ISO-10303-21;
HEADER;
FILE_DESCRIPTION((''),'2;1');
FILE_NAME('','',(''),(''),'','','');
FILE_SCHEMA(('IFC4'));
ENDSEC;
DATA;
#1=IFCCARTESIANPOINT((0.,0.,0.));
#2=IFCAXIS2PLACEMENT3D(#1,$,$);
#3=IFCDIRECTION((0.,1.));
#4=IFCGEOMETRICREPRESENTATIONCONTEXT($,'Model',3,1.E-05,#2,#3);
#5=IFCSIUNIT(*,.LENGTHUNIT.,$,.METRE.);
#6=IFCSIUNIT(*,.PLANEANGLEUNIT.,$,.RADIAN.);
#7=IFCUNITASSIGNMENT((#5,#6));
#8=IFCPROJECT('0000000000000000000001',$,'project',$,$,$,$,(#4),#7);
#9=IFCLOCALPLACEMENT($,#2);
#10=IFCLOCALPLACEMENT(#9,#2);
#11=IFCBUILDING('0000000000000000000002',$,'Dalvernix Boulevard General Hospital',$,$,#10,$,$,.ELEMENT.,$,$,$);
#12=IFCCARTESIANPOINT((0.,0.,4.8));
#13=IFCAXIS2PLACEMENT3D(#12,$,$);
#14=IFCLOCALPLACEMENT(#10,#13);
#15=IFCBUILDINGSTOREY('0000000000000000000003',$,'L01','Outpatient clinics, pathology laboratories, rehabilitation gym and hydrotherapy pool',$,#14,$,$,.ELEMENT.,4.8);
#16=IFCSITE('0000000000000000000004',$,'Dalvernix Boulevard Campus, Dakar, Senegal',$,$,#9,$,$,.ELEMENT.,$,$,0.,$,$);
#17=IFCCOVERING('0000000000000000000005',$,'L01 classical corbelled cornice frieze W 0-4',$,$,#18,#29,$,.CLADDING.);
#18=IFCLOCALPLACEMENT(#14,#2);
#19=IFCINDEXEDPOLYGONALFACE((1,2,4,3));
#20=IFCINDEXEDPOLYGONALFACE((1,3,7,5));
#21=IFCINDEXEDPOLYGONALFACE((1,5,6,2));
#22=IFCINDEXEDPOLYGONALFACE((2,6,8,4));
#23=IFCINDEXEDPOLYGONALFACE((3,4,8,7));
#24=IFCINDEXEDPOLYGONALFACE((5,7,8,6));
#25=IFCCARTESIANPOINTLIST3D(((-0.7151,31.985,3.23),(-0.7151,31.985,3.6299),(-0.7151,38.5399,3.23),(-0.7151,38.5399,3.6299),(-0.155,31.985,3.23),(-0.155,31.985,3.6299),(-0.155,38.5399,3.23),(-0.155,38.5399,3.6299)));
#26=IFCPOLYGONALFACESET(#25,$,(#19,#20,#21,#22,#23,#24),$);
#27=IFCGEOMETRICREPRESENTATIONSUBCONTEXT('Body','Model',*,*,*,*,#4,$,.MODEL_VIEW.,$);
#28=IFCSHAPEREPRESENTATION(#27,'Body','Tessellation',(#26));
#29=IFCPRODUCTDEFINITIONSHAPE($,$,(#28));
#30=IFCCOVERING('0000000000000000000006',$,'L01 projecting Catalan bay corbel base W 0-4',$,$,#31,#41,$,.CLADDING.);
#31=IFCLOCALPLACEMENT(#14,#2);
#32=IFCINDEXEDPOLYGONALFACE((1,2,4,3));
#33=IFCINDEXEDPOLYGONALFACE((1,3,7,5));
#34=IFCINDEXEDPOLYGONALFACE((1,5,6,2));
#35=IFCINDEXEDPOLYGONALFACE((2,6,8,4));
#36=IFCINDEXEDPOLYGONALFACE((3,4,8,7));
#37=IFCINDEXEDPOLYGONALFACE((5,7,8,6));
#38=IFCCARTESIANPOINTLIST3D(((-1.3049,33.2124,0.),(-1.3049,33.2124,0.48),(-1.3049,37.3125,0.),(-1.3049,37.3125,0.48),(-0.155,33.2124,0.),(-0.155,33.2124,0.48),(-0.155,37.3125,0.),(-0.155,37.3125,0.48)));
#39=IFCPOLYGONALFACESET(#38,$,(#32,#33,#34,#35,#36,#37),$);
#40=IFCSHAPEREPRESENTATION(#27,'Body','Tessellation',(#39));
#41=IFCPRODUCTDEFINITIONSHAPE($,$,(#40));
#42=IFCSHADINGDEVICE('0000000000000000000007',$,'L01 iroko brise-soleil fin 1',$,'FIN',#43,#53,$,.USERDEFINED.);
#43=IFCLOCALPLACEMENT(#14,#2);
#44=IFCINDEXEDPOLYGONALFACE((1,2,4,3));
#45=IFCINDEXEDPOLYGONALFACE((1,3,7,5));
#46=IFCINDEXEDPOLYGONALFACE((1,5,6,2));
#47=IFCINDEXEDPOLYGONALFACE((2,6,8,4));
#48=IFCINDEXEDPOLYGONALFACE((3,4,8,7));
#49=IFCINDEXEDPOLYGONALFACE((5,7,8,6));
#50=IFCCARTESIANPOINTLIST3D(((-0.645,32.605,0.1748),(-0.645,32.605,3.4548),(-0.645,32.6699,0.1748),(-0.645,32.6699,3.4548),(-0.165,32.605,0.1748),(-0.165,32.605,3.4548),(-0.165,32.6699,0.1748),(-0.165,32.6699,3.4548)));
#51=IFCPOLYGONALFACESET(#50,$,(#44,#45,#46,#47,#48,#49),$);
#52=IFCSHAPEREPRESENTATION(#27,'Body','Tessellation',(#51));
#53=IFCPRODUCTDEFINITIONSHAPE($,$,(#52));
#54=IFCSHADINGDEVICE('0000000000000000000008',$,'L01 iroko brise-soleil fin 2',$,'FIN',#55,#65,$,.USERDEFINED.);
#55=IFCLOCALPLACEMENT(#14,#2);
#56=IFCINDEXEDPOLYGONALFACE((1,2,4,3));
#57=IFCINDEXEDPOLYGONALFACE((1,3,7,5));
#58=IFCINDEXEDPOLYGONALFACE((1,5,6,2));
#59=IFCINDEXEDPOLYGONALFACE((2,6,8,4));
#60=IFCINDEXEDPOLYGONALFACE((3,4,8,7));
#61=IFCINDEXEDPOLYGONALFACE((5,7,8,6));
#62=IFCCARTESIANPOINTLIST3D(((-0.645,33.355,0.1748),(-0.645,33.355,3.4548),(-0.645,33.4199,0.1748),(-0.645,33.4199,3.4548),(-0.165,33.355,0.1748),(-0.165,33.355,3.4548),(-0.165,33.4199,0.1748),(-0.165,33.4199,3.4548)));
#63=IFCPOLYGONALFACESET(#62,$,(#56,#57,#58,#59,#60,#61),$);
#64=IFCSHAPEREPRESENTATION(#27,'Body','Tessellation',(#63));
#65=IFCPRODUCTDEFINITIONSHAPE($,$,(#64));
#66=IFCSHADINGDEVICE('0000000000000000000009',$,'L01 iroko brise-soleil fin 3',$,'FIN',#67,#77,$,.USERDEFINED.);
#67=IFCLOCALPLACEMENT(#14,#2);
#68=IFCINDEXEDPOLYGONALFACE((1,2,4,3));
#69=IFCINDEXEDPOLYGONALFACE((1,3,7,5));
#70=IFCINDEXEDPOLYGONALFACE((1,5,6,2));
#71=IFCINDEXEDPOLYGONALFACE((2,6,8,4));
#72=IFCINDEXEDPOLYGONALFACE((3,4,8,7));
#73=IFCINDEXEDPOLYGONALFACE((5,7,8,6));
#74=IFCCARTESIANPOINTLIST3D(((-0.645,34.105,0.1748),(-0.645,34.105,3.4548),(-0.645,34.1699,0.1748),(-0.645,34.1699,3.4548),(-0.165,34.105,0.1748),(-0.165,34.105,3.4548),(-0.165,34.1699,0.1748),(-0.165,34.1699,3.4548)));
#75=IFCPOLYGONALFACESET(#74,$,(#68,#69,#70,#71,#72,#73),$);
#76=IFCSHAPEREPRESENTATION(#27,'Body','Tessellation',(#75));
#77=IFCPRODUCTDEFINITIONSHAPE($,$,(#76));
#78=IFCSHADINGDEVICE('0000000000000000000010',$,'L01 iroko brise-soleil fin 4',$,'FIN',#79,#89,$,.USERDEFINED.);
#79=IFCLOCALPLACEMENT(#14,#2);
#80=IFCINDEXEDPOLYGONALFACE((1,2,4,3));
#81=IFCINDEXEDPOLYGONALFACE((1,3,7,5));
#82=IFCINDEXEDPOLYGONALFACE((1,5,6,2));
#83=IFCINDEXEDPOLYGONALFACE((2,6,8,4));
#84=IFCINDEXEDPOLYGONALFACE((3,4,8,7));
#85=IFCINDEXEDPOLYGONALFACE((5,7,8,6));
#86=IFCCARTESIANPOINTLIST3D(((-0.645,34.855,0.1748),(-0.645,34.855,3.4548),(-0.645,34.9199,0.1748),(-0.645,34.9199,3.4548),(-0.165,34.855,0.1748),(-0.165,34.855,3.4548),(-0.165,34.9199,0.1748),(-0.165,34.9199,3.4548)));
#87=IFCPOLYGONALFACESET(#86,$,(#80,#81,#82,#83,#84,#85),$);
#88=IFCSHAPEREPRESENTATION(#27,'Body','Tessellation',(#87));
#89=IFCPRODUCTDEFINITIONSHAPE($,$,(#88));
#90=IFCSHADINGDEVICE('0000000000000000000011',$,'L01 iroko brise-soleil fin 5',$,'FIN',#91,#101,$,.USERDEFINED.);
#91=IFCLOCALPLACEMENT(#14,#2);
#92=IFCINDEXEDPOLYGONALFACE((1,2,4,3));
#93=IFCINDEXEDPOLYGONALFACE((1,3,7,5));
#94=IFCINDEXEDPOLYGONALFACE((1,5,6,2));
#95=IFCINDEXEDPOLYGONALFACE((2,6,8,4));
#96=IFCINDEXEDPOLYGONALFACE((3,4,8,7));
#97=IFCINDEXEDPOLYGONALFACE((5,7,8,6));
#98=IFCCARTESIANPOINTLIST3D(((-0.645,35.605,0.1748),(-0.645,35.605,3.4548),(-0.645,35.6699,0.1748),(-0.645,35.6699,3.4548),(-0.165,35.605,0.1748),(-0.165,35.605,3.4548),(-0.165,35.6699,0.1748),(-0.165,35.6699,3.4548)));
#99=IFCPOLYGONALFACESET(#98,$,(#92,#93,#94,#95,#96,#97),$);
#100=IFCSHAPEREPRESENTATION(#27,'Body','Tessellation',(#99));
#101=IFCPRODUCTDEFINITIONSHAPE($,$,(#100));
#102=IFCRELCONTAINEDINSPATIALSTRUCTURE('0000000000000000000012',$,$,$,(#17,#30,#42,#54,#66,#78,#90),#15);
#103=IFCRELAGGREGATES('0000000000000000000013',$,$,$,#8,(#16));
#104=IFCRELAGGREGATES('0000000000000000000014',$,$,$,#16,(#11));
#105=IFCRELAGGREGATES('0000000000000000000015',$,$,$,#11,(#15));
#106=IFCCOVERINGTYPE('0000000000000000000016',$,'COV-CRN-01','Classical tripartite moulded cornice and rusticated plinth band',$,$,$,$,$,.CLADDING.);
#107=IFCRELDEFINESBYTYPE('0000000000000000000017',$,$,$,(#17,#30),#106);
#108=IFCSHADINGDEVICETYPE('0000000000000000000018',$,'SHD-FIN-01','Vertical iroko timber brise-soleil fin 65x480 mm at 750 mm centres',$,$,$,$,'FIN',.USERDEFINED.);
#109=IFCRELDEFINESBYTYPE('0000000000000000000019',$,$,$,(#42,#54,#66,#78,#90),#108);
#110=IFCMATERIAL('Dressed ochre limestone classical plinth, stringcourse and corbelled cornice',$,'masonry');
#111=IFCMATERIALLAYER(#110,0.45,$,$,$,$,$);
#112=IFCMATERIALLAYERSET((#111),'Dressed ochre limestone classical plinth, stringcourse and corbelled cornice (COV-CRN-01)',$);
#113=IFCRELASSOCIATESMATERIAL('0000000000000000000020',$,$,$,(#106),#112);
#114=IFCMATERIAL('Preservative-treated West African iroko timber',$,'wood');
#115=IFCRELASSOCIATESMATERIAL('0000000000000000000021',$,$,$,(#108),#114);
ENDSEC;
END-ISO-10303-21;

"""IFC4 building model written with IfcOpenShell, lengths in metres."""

from ifc_helpers import new_model, si_unit, direction, frame, origin, origin_2d, place, context, subcontext, project, spatial, rectangle, extrude, material, layer, layer_set, type_object, element, save


model = new_model("IFC4")

# Units and contexts
model_context = context("Model", 3, precision=1e-05, world=origin(), true_north=direction((0.0, 1.0)))
body_context = subcontext(model_context, "Body", "Model", "MODEL_VIEW")
ifc_project = project(units=[si_unit("LENGTHUNIT", "METRE"), si_unit("PLANEANGLEUNIT", "RADIAN")], contexts=[model_context])

# Site, building, storey
site_placement = place(None, origin())
site = spatial("IfcSite", under=ifc_project, at=site_placement, Name="Dalvernix Boulevard Campus, Dakar, Senegal", CompositionType="ELEMENT", RefElevation=0.0)
building_placement = place(site_placement, origin())
building = spatial("IfcBuilding", under=site, at=building_placement, Name="Dalvernix Boulevard General Hospital", CompositionType="ELEMENT")
storey_placement = place(building_placement, frame((0.0, 0.0, 4.8)))
storey = spatial("IfcBuildingStorey", under=building, at=storey_placement, Name="L01", Description="Outpatient clinics, pathology laboratories, rehabilitation gym and hydrotherapy pool", CompositionType="ELEMENT", Elevation=4.8)

# Coverings
ifc_material_1 = material(Name="Dressed ochre limestone classical plinth, stringcourse and corbelled cornice", Category="masonry")
ifc_layer_1 = layer(ifc_material_1, 0.45)
ifc_layer_set_1 = layer_set([ifc_layer_1], Name="Dressed ochre limestone classical plinth, stringcourse and corbelled cornice (COV-CRN-01)")
covering_type_1 = type_object("IfcCoveringType", Name="COV-CRN-01", Description="Classical tripartite moulded cornice and rusticated plinth band", PredefinedType="CLADDING", material=ifc_layer_set_1)
covering_1_placement = place(storey_placement, frame((-0.4351, 35.2625, 3.23), z_axis=(0.0, 0.0, 1.0), x_axis=(0.0, 1.0, 0.0)))
element("IfcCovering", 1, at=covering_1_placement, inside=storey, type_object=covering_type_1, Name="L01 classical corbelled cornice frieze W 0-4", PredefinedType="CLADDING", context=body_context, shape_type="SweptSolid", body=[
    extrude(rectangle(XDim=6.5549, YDim=0.5601, at=origin_2d()), origin(), (0.0, 0.0, 1.0), 0.3999),
])
covering_2_placement = place(storey_placement, frame((-0.73, 35.2625, 0.0), z_axis=(0.0, 0.0, 1.0), x_axis=(0.0, 1.0, 0.0)))
element("IfcCovering", 2, at=covering_2_placement, inside=storey, type_object=covering_type_1, Name="L01 projecting Catalan bay corbel base W 0-4", PredefinedType="CLADDING", context=body_context, shape_type="SweptSolid", body=[
    extrude(rectangle(XDim=4.1001, YDim=1.1499, at=origin_2d()), origin(), (0.0, 0.0, 1.0), 0.48),
])

# Shading devices
ifc_material_2 = material(Name="Preservative-treated West African iroko timber", Category="wood")
shading_device_type = type_object("IfcShadingDeviceType", Name="SHD-FIN-01", Description="Vertical iroko timber brise-soleil fin 65x480 mm at 750 mm centres", ElementType="FIN", PredefinedType="USERDEFINED", material=ifc_material_2)
for number, where, z_axis, x_axis, name in (
    (3, (-0.405, 32.6375, 0.1748), (0.0, 0.0, 1.0), (0.0, 1.0, 0.0), "L01 iroko brise-soleil fin 1"),
    (4, (-0.405, 33.3875, 0.1748), (0.0, 0.0, 1.0), (0.0, 1.0, 0.0), "L01 iroko brise-soleil fin 2"),
    (5, (-0.405, 34.1375, 0.1748), (0.0, 0.0, 1.0), (0.0, 1.0, 0.0), "L01 iroko brise-soleil fin 3"),
    (6, (-0.405, 34.8875, 0.1748), (0.0, 0.0, 1.0), (0.0, 1.0, 0.0), "L01 iroko brise-soleil fin 4"),
    (7, (-0.405, 35.6375, 0.1748), (0.0, 0.0, 1.0), (0.0, 1.0, 0.0), "L01 iroko brise-soleil fin 5"),
):
    element("IfcShadingDevice", number, at=place(storey_placement, frame(where, z_axis=z_axis, x_axis=x_axis)), inside=storey, type_object=shading_device_type, Name=name, ObjectType="FIN", PredefinedType="USERDEFINED", context=body_context, shape_type="SweptSolid", body=[
        extrude(rectangle(XDim=0.0649, YDim=0.48, at=origin_2d()), origin(), (0.0, 0.0, 1.0), 3.28),
    ])

save(model, "model.ifc")
